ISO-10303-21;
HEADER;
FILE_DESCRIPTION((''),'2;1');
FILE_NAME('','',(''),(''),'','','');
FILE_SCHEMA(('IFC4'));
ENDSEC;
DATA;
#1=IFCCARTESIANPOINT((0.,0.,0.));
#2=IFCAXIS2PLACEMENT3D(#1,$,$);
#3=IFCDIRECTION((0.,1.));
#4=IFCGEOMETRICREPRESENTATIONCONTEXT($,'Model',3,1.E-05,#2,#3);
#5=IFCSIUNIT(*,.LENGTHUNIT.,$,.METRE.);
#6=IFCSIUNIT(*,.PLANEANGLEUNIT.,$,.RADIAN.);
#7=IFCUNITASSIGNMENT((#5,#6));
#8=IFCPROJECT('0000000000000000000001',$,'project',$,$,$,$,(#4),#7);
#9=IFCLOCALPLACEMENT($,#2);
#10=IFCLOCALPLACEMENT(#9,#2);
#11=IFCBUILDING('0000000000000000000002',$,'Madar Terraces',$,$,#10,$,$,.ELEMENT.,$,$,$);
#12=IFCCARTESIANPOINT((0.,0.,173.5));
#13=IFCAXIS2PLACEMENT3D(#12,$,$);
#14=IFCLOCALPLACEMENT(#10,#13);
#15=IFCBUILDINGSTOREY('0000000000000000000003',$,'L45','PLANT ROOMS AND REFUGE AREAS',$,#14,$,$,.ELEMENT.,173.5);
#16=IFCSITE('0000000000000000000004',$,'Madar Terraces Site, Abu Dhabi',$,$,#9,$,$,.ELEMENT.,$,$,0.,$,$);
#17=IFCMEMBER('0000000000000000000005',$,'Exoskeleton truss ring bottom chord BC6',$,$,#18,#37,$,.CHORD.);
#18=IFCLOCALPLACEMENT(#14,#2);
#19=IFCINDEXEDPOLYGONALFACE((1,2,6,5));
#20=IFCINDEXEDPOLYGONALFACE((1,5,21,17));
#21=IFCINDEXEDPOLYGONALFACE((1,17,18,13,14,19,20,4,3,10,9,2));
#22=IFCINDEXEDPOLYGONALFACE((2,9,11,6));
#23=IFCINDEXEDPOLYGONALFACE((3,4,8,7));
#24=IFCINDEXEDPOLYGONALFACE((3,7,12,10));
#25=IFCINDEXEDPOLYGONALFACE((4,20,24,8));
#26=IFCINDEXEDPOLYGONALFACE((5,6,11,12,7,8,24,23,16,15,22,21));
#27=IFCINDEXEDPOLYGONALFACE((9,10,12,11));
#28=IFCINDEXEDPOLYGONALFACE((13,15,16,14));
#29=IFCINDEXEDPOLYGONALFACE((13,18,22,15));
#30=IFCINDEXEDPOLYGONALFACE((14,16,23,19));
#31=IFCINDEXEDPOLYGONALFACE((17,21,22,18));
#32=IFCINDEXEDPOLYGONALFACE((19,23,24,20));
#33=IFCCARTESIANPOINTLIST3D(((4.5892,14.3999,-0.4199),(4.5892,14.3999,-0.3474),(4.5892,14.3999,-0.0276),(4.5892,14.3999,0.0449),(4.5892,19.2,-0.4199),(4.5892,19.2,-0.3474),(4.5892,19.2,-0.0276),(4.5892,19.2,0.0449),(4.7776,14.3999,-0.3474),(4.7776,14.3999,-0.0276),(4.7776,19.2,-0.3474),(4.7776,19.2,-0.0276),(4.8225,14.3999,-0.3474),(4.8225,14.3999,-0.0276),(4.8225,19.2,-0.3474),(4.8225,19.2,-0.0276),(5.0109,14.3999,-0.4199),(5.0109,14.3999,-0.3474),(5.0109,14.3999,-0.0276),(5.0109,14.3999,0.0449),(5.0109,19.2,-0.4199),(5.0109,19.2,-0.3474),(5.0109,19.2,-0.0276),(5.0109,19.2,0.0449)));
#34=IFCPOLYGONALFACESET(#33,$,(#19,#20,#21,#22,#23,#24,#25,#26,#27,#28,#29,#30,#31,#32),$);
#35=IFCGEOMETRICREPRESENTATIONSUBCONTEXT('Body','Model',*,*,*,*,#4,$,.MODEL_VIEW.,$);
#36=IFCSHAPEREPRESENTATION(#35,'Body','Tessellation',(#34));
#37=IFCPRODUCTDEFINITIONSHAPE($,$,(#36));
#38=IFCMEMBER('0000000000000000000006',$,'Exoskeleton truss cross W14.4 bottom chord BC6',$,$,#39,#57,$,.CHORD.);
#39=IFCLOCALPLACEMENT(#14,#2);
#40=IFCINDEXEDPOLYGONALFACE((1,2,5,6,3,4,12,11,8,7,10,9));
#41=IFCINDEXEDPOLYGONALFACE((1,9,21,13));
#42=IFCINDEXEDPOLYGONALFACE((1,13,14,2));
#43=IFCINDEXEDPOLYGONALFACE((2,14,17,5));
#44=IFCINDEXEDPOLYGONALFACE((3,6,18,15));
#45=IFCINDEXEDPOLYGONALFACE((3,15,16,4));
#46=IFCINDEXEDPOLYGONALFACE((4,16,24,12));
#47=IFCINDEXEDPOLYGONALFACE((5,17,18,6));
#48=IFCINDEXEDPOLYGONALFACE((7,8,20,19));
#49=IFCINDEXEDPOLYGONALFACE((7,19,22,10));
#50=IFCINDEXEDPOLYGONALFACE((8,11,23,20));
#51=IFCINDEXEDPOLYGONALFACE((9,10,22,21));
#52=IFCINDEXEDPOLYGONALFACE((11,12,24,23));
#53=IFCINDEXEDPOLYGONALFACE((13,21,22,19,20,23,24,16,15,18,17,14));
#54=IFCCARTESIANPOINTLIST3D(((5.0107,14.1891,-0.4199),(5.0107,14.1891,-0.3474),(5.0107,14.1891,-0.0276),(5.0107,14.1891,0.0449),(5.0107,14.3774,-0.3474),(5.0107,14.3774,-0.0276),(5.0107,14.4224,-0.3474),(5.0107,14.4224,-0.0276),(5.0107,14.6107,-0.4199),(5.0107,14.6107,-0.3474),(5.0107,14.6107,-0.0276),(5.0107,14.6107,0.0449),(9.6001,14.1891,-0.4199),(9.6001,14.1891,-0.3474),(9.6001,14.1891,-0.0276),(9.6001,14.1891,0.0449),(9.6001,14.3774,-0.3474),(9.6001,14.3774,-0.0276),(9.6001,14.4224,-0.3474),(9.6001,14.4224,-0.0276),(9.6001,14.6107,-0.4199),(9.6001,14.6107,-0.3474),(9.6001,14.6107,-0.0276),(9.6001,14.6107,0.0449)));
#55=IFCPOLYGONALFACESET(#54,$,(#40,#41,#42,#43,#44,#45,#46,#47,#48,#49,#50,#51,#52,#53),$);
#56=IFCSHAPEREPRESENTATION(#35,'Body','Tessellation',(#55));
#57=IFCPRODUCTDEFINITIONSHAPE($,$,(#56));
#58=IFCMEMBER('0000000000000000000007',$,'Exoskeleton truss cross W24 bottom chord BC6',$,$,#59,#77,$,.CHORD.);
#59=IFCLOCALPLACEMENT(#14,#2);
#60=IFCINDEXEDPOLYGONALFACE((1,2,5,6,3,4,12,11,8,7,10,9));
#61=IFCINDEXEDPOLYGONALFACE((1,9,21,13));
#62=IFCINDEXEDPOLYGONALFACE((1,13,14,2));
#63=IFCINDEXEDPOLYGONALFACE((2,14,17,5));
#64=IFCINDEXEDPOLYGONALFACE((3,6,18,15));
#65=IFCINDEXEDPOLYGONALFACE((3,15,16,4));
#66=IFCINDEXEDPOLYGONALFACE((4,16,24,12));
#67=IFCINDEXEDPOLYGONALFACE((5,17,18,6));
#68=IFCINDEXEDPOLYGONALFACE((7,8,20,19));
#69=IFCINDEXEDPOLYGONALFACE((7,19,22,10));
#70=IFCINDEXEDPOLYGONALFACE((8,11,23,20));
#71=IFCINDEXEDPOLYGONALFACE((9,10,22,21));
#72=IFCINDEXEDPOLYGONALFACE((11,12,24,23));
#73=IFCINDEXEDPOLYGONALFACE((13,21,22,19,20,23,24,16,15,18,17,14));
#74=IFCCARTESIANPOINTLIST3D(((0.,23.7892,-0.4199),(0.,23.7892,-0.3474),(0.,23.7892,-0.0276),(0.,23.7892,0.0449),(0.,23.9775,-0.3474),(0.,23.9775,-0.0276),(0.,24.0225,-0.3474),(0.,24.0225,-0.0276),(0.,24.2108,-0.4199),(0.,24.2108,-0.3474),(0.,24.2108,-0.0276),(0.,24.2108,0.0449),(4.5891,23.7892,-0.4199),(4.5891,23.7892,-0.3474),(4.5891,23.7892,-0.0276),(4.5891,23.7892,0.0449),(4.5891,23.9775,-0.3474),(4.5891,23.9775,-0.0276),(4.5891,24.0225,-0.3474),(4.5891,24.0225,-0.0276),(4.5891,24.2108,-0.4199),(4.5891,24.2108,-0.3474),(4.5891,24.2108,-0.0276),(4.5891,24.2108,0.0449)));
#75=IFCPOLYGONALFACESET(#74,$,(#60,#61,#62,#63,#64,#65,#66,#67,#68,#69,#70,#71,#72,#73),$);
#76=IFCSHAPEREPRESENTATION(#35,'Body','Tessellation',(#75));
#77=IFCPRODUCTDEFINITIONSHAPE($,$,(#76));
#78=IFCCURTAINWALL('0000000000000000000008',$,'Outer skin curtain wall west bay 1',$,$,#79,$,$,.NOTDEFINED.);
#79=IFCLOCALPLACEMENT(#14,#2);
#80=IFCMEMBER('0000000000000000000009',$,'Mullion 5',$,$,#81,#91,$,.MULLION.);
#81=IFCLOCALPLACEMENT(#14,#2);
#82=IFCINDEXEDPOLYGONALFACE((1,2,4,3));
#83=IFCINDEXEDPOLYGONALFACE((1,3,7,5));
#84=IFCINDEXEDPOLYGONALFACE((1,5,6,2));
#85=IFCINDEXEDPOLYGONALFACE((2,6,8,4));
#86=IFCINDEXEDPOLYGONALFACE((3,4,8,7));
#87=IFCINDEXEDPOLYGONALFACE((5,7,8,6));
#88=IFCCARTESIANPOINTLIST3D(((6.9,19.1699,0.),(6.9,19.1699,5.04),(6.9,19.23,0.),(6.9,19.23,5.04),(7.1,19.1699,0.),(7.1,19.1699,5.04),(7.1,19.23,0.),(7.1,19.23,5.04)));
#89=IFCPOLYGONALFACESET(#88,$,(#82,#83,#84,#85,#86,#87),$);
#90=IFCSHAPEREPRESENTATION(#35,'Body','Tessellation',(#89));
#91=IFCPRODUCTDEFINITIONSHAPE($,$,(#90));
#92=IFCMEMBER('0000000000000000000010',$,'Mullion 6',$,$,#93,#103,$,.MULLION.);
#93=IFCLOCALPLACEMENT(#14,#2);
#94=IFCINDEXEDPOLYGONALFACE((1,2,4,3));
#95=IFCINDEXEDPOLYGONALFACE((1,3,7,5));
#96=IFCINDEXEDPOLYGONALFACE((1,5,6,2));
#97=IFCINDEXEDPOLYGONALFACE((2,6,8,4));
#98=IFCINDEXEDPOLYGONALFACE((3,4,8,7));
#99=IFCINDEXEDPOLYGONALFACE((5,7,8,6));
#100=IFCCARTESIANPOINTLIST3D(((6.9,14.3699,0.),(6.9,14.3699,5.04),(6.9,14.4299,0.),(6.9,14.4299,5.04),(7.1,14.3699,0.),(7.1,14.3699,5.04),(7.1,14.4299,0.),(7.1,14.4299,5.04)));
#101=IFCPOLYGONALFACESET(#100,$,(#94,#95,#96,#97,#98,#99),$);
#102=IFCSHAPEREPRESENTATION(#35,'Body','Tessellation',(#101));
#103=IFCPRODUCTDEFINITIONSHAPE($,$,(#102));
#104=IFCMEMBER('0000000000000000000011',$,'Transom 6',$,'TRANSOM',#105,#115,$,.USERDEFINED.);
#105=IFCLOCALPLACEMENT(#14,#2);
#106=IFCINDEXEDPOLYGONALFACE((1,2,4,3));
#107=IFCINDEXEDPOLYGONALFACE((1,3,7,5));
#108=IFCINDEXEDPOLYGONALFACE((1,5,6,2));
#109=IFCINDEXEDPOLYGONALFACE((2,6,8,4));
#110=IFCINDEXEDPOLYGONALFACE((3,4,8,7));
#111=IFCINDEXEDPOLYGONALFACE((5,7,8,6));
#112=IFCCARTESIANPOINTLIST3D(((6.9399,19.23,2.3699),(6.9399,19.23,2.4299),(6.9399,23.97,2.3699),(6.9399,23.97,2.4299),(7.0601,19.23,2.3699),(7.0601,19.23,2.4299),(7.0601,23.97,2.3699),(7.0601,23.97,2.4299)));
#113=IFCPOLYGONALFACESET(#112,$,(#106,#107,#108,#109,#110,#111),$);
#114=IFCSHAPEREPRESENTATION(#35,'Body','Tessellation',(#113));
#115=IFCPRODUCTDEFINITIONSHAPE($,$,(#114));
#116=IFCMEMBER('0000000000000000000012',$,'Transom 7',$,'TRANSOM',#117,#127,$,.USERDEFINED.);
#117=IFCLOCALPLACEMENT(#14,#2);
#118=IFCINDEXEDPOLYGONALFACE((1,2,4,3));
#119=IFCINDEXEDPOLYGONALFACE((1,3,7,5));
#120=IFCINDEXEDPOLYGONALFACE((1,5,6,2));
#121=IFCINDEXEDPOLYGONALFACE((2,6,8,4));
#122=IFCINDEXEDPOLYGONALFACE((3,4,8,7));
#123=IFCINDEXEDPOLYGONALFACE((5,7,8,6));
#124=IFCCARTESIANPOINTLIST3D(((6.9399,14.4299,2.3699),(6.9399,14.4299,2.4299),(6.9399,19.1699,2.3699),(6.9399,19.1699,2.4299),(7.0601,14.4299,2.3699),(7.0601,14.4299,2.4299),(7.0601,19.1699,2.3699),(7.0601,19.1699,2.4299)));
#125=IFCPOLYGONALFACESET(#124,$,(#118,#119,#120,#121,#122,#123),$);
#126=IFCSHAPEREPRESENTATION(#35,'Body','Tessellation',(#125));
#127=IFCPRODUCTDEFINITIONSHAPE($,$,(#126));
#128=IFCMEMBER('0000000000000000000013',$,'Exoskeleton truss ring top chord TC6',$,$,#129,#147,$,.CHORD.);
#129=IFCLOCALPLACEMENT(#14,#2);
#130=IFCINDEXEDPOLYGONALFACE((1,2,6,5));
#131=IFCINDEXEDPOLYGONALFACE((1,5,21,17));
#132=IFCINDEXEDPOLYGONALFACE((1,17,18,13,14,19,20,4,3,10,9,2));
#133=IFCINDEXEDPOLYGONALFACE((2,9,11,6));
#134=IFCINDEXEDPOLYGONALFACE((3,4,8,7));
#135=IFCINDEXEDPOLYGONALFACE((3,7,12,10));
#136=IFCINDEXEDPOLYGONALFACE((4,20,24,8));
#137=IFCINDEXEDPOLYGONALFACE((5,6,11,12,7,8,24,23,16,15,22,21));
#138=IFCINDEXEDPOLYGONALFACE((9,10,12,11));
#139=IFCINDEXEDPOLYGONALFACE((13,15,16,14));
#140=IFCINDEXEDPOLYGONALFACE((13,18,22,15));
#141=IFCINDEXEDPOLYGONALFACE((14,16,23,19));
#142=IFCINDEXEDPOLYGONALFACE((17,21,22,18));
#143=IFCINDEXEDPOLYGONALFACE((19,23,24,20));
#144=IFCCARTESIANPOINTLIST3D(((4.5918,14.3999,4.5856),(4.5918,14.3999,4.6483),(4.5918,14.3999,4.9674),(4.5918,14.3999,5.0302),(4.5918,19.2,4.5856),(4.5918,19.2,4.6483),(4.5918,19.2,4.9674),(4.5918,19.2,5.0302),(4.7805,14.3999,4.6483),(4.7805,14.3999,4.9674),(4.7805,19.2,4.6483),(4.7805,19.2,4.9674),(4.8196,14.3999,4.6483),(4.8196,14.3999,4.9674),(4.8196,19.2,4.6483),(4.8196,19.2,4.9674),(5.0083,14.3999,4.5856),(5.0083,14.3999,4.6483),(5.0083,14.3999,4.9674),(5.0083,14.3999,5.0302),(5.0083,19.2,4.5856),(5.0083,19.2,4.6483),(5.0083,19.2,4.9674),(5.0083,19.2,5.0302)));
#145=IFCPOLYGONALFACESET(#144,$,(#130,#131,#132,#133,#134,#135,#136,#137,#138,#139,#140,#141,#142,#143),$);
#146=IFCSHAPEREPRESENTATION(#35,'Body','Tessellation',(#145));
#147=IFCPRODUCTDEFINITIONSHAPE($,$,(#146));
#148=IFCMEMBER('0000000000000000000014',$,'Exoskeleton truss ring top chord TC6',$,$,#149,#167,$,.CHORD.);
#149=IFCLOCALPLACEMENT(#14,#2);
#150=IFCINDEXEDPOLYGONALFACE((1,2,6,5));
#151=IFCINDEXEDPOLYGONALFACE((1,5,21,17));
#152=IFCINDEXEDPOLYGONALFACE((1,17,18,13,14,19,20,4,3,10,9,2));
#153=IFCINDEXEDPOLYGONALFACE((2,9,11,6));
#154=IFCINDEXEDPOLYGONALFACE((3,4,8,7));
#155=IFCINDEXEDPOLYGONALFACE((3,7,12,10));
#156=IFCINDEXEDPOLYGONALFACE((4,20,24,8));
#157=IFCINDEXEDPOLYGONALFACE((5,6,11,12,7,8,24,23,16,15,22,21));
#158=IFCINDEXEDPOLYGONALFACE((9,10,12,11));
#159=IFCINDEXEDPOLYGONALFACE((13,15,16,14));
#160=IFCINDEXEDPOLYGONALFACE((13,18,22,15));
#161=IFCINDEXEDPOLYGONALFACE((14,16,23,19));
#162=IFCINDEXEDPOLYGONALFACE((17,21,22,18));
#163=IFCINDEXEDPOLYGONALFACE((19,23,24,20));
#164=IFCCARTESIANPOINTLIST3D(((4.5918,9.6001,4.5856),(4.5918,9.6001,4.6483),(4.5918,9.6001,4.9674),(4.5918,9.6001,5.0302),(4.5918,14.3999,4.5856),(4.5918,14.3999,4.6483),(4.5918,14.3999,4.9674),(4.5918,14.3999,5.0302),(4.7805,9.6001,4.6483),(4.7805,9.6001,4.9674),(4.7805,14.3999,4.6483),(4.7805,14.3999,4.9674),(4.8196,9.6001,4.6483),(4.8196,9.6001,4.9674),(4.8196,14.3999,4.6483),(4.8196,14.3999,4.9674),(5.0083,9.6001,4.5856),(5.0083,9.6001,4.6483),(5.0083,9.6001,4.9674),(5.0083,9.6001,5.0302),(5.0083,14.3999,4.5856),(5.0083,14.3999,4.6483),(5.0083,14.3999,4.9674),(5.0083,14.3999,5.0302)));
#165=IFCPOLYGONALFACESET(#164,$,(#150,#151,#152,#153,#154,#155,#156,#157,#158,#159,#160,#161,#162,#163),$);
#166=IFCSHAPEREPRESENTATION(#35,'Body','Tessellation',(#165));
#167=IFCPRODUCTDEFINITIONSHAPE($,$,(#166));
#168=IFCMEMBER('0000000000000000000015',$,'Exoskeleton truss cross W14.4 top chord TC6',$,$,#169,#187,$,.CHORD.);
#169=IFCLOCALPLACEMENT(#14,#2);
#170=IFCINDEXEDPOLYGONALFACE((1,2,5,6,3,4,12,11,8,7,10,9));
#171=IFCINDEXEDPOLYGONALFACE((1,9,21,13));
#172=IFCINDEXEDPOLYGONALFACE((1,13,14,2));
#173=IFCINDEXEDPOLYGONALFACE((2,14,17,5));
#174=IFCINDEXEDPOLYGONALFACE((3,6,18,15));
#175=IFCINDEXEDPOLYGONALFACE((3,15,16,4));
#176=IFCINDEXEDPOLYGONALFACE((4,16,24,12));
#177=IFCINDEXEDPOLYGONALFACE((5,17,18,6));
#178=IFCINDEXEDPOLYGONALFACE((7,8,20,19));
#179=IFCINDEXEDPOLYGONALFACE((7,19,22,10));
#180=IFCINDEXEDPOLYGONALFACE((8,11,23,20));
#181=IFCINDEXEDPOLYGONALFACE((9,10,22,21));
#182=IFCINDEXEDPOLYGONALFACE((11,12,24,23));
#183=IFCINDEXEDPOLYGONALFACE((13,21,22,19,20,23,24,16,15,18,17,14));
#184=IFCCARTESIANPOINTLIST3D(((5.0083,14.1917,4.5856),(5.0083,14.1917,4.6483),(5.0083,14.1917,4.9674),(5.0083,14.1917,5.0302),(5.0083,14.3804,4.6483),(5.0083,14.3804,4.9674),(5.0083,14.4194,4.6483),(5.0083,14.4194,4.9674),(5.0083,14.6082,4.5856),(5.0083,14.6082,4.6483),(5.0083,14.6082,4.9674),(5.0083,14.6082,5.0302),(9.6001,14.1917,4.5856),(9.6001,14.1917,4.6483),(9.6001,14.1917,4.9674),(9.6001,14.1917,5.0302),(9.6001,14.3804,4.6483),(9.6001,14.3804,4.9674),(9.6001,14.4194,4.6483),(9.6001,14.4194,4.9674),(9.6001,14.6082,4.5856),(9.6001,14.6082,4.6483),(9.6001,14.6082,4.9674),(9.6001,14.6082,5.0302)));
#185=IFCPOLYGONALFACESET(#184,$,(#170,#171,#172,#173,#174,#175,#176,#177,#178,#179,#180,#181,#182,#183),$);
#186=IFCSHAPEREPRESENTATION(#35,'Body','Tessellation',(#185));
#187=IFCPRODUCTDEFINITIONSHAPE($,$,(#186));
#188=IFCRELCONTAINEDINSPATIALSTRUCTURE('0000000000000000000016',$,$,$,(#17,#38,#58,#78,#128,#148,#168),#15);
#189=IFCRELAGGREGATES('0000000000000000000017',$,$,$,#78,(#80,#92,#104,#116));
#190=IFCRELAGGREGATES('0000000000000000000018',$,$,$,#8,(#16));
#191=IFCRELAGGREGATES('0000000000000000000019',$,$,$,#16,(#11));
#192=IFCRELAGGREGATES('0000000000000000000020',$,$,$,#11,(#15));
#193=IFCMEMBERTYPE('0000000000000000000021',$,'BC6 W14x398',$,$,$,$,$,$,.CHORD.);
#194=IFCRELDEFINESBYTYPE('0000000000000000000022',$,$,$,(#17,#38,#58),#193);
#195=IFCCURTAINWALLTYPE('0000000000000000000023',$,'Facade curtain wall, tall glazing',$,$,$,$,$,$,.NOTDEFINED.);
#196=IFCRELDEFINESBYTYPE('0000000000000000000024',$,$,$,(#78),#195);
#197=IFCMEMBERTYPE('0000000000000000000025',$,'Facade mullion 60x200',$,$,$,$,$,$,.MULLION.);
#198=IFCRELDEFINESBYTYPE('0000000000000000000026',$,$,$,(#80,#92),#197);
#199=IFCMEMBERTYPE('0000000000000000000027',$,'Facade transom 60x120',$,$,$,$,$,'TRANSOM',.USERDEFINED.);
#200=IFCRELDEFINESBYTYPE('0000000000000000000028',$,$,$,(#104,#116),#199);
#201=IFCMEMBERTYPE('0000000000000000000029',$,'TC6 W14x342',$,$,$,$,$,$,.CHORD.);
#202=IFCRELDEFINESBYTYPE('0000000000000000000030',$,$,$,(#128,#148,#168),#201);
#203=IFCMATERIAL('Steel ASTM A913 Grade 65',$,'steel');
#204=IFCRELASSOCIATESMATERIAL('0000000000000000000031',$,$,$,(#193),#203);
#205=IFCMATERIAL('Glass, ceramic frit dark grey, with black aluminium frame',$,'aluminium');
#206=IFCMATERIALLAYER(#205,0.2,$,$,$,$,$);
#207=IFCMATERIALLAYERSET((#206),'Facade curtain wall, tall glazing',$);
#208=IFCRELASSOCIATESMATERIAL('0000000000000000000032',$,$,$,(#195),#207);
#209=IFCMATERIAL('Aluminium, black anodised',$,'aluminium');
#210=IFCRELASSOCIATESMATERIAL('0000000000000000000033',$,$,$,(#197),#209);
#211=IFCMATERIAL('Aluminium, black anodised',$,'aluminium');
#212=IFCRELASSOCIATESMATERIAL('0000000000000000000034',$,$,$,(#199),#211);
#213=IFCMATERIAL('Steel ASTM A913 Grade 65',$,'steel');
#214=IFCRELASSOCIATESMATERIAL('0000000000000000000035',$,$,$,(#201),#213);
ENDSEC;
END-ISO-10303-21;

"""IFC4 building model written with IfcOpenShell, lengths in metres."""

from ifc_helpers import new_model, si_unit, direction, frame, origin, origin_2d, place, context, subcontext, project, spatial, rectangle, i_section, extrude, material, layer, layer_set, material_profile, profile_set, type_object, element, aggregate, save


model = new_model("IFC4")

# Units and contexts
model_context = context("Model", 3, precision=1e-05, world=origin(), true_north=direction((0.0, 1.0)))
body_context = subcontext(model_context, "Body", "Model", "MODEL_VIEW")
ifc_project = project(units=[si_unit("LENGTHUNIT", "METRE"), si_unit("PLANEANGLEUNIT", "RADIAN")], contexts=[model_context])

# Site, building, storey
site_placement = place(None, origin())
site = spatial("IfcSite", under=ifc_project, at=site_placement, Name="Madar Terraces Site, Abu Dhabi", CompositionType="ELEMENT", RefElevation=0.0)
building_placement = place(site_placement, origin())
building = spatial("IfcBuilding", under=site, at=building_placement, Name="Madar Terraces", CompositionType="ELEMENT")
storey_placement = place(building_placement, frame((0.0, 0.0, 173.5)))
storey = spatial("IfcBuildingStorey", under=building, at=storey_placement, Name="L45", Description="PLANT ROOMS AND REFUGE AREAS", CompositionType="ELEMENT", Elevation=173.5)

# Members
ifc_material_1 = material(Name="Steel ASTM A913 Grade 65", Category="steel")
ifc_material_profile_1 = material_profile(ifc_material_1, i_section(OverallWidth=0.4216, OverallDepth=0.4648, WebThickness=0.0449, FlangeThickness=0.0725, at=origin_2d()), Name="W14x398")
ifc_profile_set_1 = profile_set([ifc_material_profile_1], Name="Steel ASTM A913 Grade 65")
member_type_1 = type_object("IfcMemberType", Name="BC6 W14x398", PredefinedType="CHORD", material=ifc_profile_set_1)
member_1_placement = place(storey_placement, frame((4.8, 19.2, -0.1875), z_axis=(0.0, -1.0, 0.0), x_axis=(1.0, 0.0, 0.0)))
element("IfcMember", 1, at=member_1_placement, inside=storey, type_object=member_type_1, Name="Exoskeleton truss ring bottom chord BC6", PredefinedType="CHORD", context=body_context, shape_type="SweptSolid", body=[
    extrude(i_section(OverallWidth=0.4216, OverallDepth=0.4648, WebThickness=0.0449, FlangeThickness=0.0725, at=origin_2d()), origin(), (0.0, 0.0, 1.0), 4.8),
])
member_2_placement = place(storey_placement, frame((5.0107, 14.3999, -0.1875), z_axis=(1.0, 0.0, 0.0), x_axis=(0.0, 1.0, 0.0)))
element("IfcMember", 2, at=member_2_placement, inside=storey, type_object=member_type_1, Name="Exoskeleton truss cross W14.4 bottom chord BC6", PredefinedType="CHORD", context=body_context, shape_type="SweptSolid", body=[
    extrude(i_section(OverallWidth=0.4216, OverallDepth=0.4648, WebThickness=0.0449, FlangeThickness=0.0725, at=origin_2d()), origin(), (0.0, 0.0, 1.0), 4.5894),
])
member_3_placement = place(storey_placement, frame((0.0, 24.0, -0.1875), z_axis=(1.0, 0.0, 0.0), x_axis=(0.0, 1.0, 0.0)))
element("IfcMember", 3, at=member_3_placement, inside=storey, type_object=member_type_1, Name="Exoskeleton truss cross W24 bottom chord BC6", PredefinedType="CHORD", context=body_context, shape_type="SweptSolid", body=[
    extrude(i_section(OverallWidth=0.4216, OverallDepth=0.4648, WebThickness=0.0449, FlangeThickness=0.0725, at=origin_2d()), origin(), (0.0, 0.0, 1.0), 4.5891),
])

# Curtain wall, members
ifc_material_2 = material(Name="Glass, ceramic frit dark grey, with black aluminium frame", Category="aluminium")
ifc_layer_1 = layer(ifc_material_2, 0.2)
ifc_layer_set_1 = layer_set([ifc_layer_1], Name="Facade curtain wall, tall glazing")
curtain_wall_type = type_object("IfcCurtainWallType", Name="Facade curtain wall, tall glazing", PredefinedType="NOTDEFINED", material=ifc_layer_set_1)
curtain_wall_placement = place(storey_placement, origin())
curtain_wall = element("IfcCurtainWall", 4, at=curtain_wall_placement, inside=storey, type_object=curtain_wall_type, Name="Outer skin curtain wall west bay 1", PredefinedType="NOTDEFINED")
ifc_material_3 = material(Name="Aluminium, black anodised", Category="aluminium")
ifc_material_profile_2 = material_profile(ifc_material_3, rectangle(XDim=0.2, YDim=0.0601, at=origin_2d()), Name="Facade mullion 60x200")
ifc_profile_set_2 = profile_set([ifc_material_profile_2], Name="Aluminium, black anodised")
member_type_2 = type_object("IfcMemberType", Name="Facade mullion 60x200", PredefinedType="MULLION", material=ifc_profile_set_2)
member_4_placement = place(storey_placement, frame((7.0, 19.2, 0.0), z_axis=(0.0, 0.0, 1.0), x_axis=(1.0, 0.0, 0.0)))
member_4 = element("IfcMember", 5, at=member_4_placement, type_object=member_type_2, Name="Mullion 5", PredefinedType="MULLION", context=body_context, shape_type="SweptSolid", body=[
    extrude(rectangle(XDim=0.2, YDim=0.0601, at=origin_2d()), origin(), (0.0, 0.0, 1.0), 5.04),
])
member_5_placement = place(storey_placement, frame((7.0, 14.3999, 0.0), z_axis=(0.0, 0.0, 1.0), x_axis=(1.0, 0.0, 0.0)))
member_5 = element("IfcMember", 6, at=member_5_placement, type_object=member_type_2, Name="Mullion 6", PredefinedType="MULLION", context=body_context, shape_type="SweptSolid", body=[
    extrude(rectangle(XDim=0.2, YDim=0.0601, at=origin_2d()), origin(), (0.0, 0.0, 1.0), 5.04),
])
ifc_material_4 = material(Name="Aluminium, black anodised", Category="aluminium")
ifc_material_profile_3 = material_profile(ifc_material_4, rectangle(XDim=0.1201, YDim=0.0601, at=origin_2d()), Name="Facade transom 60x120")
ifc_profile_set_3 = profile_set([ifc_material_profile_3], Name="Aluminium, black anodised")
member_type_3 = type_object("IfcMemberType", Name="Facade transom 60x120", ElementType="TRANSOM", PredefinedType="USERDEFINED", material=ifc_profile_set_3)
member_6_placement = place(storey_placement, frame((7.0, 23.97, 2.3999), z_axis=(0.0, -1.0, 0.0), x_axis=(1.0, 0.0, 0.0)))
member_6 = element("IfcMember", 7, at=member_6_placement, type_object=member_type_3, Name="Transom 6", ObjectType="TRANSOM", PredefinedType="USERDEFINED", context=body_context, shape_type="SweptSolid", body=[
    extrude(rectangle(XDim=0.1201, YDim=0.0601, at=origin_2d()), origin(), (0.0, 0.0, 1.0), 4.74),
])
member_7_placement = place(storey_placement, frame((7.0, 19.1699, 2.3999), z_axis=(0.0, -1.0, 0.0), x_axis=(1.0, 0.0, 0.0)))
member_7 = element("IfcMember", 8, at=member_7_placement, type_object=member_type_3, Name="Transom 7", ObjectType="TRANSOM", PredefinedType="USERDEFINED", context=body_context, shape_type="SweptSolid", body=[
    extrude(rectangle(XDim=0.1201, YDim=0.0601, at=origin_2d()), origin(), (0.0, 0.0, 1.0), 4.74),
])

# Members
ifc_material_5 = material(Name="Steel ASTM A913 Grade 65", Category="steel")
ifc_material_profile_4 = material_profile(ifc_material_5, i_section(OverallWidth=0.4165, OverallDepth=0.4446, WebThickness=0.0391, FlangeThickness=0.0627, at=origin_2d()), Name="W14x342")
ifc_profile_set_4 = profile_set([ifc_material_profile_4], Name="Steel ASTM A913 Grade 65")
member_type_4 = type_object("IfcMemberType", Name="TC6 W14x342", PredefinedType="CHORD", material=ifc_profile_set_4)
member_8_placement = place(storey_placement, frame((4.8, 19.2, 4.8079), z_axis=(0.0, -1.0, 0.0), x_axis=(1.0, 0.0, 0.0)))
element("IfcMember", 9, at=member_8_placement, inside=storey, type_object=member_type_4, Name="Exoskeleton truss ring top chord TC6", PredefinedType="CHORD", context=body_context, shape_type="SweptSolid", body=[
    extrude(i_section(OverallWidth=0.4165, OverallDepth=0.4446, WebThickness=0.0391, FlangeThickness=0.0627, at=origin_2d()), origin(), (0.0, 0.0, 1.0), 4.8),
])
member_9_placement = place(storey_placement, frame((4.8, 14.3999, 4.8079), z_axis=(0.0, -1.0, 0.0), x_axis=(1.0, 0.0, 0.0)))
element("IfcMember", 10, at=member_9_placement, inside=storey, type_object=member_type_4, Name="Exoskeleton truss ring top chord TC6", PredefinedType="CHORD", context=body_context, shape_type="SweptSolid", body=[
    extrude(i_section(OverallWidth=0.4165, OverallDepth=0.4446, WebThickness=0.0391, FlangeThickness=0.0627, at=origin_2d()), origin(), (0.0, 0.0, 1.0), 4.7998),
])
member_10_placement = place(storey_placement, frame((5.0083, 14.3999, 4.8079), z_axis=(1.0, 0.0, 0.0), x_axis=(0.0, 1.0, 0.0)))
element("IfcMember", 11, at=member_10_placement, inside=storey, type_object=member_type_4, Name="Exoskeleton truss cross W14.4 top chord TC6", PredefinedType="CHORD", context=body_context, shape_type="SweptSolid", body=[
    extrude(i_section(OverallWidth=0.4165, OverallDepth=0.4446, WebThickness=0.0391, FlangeThickness=0.0627, at=origin_2d()), origin(), (0.0, 0.0, 1.0), 4.5918),
])

aggregate(curtain_wall, [member_4, member_5, member_6, member_7])

save(model, "model.ifc")
